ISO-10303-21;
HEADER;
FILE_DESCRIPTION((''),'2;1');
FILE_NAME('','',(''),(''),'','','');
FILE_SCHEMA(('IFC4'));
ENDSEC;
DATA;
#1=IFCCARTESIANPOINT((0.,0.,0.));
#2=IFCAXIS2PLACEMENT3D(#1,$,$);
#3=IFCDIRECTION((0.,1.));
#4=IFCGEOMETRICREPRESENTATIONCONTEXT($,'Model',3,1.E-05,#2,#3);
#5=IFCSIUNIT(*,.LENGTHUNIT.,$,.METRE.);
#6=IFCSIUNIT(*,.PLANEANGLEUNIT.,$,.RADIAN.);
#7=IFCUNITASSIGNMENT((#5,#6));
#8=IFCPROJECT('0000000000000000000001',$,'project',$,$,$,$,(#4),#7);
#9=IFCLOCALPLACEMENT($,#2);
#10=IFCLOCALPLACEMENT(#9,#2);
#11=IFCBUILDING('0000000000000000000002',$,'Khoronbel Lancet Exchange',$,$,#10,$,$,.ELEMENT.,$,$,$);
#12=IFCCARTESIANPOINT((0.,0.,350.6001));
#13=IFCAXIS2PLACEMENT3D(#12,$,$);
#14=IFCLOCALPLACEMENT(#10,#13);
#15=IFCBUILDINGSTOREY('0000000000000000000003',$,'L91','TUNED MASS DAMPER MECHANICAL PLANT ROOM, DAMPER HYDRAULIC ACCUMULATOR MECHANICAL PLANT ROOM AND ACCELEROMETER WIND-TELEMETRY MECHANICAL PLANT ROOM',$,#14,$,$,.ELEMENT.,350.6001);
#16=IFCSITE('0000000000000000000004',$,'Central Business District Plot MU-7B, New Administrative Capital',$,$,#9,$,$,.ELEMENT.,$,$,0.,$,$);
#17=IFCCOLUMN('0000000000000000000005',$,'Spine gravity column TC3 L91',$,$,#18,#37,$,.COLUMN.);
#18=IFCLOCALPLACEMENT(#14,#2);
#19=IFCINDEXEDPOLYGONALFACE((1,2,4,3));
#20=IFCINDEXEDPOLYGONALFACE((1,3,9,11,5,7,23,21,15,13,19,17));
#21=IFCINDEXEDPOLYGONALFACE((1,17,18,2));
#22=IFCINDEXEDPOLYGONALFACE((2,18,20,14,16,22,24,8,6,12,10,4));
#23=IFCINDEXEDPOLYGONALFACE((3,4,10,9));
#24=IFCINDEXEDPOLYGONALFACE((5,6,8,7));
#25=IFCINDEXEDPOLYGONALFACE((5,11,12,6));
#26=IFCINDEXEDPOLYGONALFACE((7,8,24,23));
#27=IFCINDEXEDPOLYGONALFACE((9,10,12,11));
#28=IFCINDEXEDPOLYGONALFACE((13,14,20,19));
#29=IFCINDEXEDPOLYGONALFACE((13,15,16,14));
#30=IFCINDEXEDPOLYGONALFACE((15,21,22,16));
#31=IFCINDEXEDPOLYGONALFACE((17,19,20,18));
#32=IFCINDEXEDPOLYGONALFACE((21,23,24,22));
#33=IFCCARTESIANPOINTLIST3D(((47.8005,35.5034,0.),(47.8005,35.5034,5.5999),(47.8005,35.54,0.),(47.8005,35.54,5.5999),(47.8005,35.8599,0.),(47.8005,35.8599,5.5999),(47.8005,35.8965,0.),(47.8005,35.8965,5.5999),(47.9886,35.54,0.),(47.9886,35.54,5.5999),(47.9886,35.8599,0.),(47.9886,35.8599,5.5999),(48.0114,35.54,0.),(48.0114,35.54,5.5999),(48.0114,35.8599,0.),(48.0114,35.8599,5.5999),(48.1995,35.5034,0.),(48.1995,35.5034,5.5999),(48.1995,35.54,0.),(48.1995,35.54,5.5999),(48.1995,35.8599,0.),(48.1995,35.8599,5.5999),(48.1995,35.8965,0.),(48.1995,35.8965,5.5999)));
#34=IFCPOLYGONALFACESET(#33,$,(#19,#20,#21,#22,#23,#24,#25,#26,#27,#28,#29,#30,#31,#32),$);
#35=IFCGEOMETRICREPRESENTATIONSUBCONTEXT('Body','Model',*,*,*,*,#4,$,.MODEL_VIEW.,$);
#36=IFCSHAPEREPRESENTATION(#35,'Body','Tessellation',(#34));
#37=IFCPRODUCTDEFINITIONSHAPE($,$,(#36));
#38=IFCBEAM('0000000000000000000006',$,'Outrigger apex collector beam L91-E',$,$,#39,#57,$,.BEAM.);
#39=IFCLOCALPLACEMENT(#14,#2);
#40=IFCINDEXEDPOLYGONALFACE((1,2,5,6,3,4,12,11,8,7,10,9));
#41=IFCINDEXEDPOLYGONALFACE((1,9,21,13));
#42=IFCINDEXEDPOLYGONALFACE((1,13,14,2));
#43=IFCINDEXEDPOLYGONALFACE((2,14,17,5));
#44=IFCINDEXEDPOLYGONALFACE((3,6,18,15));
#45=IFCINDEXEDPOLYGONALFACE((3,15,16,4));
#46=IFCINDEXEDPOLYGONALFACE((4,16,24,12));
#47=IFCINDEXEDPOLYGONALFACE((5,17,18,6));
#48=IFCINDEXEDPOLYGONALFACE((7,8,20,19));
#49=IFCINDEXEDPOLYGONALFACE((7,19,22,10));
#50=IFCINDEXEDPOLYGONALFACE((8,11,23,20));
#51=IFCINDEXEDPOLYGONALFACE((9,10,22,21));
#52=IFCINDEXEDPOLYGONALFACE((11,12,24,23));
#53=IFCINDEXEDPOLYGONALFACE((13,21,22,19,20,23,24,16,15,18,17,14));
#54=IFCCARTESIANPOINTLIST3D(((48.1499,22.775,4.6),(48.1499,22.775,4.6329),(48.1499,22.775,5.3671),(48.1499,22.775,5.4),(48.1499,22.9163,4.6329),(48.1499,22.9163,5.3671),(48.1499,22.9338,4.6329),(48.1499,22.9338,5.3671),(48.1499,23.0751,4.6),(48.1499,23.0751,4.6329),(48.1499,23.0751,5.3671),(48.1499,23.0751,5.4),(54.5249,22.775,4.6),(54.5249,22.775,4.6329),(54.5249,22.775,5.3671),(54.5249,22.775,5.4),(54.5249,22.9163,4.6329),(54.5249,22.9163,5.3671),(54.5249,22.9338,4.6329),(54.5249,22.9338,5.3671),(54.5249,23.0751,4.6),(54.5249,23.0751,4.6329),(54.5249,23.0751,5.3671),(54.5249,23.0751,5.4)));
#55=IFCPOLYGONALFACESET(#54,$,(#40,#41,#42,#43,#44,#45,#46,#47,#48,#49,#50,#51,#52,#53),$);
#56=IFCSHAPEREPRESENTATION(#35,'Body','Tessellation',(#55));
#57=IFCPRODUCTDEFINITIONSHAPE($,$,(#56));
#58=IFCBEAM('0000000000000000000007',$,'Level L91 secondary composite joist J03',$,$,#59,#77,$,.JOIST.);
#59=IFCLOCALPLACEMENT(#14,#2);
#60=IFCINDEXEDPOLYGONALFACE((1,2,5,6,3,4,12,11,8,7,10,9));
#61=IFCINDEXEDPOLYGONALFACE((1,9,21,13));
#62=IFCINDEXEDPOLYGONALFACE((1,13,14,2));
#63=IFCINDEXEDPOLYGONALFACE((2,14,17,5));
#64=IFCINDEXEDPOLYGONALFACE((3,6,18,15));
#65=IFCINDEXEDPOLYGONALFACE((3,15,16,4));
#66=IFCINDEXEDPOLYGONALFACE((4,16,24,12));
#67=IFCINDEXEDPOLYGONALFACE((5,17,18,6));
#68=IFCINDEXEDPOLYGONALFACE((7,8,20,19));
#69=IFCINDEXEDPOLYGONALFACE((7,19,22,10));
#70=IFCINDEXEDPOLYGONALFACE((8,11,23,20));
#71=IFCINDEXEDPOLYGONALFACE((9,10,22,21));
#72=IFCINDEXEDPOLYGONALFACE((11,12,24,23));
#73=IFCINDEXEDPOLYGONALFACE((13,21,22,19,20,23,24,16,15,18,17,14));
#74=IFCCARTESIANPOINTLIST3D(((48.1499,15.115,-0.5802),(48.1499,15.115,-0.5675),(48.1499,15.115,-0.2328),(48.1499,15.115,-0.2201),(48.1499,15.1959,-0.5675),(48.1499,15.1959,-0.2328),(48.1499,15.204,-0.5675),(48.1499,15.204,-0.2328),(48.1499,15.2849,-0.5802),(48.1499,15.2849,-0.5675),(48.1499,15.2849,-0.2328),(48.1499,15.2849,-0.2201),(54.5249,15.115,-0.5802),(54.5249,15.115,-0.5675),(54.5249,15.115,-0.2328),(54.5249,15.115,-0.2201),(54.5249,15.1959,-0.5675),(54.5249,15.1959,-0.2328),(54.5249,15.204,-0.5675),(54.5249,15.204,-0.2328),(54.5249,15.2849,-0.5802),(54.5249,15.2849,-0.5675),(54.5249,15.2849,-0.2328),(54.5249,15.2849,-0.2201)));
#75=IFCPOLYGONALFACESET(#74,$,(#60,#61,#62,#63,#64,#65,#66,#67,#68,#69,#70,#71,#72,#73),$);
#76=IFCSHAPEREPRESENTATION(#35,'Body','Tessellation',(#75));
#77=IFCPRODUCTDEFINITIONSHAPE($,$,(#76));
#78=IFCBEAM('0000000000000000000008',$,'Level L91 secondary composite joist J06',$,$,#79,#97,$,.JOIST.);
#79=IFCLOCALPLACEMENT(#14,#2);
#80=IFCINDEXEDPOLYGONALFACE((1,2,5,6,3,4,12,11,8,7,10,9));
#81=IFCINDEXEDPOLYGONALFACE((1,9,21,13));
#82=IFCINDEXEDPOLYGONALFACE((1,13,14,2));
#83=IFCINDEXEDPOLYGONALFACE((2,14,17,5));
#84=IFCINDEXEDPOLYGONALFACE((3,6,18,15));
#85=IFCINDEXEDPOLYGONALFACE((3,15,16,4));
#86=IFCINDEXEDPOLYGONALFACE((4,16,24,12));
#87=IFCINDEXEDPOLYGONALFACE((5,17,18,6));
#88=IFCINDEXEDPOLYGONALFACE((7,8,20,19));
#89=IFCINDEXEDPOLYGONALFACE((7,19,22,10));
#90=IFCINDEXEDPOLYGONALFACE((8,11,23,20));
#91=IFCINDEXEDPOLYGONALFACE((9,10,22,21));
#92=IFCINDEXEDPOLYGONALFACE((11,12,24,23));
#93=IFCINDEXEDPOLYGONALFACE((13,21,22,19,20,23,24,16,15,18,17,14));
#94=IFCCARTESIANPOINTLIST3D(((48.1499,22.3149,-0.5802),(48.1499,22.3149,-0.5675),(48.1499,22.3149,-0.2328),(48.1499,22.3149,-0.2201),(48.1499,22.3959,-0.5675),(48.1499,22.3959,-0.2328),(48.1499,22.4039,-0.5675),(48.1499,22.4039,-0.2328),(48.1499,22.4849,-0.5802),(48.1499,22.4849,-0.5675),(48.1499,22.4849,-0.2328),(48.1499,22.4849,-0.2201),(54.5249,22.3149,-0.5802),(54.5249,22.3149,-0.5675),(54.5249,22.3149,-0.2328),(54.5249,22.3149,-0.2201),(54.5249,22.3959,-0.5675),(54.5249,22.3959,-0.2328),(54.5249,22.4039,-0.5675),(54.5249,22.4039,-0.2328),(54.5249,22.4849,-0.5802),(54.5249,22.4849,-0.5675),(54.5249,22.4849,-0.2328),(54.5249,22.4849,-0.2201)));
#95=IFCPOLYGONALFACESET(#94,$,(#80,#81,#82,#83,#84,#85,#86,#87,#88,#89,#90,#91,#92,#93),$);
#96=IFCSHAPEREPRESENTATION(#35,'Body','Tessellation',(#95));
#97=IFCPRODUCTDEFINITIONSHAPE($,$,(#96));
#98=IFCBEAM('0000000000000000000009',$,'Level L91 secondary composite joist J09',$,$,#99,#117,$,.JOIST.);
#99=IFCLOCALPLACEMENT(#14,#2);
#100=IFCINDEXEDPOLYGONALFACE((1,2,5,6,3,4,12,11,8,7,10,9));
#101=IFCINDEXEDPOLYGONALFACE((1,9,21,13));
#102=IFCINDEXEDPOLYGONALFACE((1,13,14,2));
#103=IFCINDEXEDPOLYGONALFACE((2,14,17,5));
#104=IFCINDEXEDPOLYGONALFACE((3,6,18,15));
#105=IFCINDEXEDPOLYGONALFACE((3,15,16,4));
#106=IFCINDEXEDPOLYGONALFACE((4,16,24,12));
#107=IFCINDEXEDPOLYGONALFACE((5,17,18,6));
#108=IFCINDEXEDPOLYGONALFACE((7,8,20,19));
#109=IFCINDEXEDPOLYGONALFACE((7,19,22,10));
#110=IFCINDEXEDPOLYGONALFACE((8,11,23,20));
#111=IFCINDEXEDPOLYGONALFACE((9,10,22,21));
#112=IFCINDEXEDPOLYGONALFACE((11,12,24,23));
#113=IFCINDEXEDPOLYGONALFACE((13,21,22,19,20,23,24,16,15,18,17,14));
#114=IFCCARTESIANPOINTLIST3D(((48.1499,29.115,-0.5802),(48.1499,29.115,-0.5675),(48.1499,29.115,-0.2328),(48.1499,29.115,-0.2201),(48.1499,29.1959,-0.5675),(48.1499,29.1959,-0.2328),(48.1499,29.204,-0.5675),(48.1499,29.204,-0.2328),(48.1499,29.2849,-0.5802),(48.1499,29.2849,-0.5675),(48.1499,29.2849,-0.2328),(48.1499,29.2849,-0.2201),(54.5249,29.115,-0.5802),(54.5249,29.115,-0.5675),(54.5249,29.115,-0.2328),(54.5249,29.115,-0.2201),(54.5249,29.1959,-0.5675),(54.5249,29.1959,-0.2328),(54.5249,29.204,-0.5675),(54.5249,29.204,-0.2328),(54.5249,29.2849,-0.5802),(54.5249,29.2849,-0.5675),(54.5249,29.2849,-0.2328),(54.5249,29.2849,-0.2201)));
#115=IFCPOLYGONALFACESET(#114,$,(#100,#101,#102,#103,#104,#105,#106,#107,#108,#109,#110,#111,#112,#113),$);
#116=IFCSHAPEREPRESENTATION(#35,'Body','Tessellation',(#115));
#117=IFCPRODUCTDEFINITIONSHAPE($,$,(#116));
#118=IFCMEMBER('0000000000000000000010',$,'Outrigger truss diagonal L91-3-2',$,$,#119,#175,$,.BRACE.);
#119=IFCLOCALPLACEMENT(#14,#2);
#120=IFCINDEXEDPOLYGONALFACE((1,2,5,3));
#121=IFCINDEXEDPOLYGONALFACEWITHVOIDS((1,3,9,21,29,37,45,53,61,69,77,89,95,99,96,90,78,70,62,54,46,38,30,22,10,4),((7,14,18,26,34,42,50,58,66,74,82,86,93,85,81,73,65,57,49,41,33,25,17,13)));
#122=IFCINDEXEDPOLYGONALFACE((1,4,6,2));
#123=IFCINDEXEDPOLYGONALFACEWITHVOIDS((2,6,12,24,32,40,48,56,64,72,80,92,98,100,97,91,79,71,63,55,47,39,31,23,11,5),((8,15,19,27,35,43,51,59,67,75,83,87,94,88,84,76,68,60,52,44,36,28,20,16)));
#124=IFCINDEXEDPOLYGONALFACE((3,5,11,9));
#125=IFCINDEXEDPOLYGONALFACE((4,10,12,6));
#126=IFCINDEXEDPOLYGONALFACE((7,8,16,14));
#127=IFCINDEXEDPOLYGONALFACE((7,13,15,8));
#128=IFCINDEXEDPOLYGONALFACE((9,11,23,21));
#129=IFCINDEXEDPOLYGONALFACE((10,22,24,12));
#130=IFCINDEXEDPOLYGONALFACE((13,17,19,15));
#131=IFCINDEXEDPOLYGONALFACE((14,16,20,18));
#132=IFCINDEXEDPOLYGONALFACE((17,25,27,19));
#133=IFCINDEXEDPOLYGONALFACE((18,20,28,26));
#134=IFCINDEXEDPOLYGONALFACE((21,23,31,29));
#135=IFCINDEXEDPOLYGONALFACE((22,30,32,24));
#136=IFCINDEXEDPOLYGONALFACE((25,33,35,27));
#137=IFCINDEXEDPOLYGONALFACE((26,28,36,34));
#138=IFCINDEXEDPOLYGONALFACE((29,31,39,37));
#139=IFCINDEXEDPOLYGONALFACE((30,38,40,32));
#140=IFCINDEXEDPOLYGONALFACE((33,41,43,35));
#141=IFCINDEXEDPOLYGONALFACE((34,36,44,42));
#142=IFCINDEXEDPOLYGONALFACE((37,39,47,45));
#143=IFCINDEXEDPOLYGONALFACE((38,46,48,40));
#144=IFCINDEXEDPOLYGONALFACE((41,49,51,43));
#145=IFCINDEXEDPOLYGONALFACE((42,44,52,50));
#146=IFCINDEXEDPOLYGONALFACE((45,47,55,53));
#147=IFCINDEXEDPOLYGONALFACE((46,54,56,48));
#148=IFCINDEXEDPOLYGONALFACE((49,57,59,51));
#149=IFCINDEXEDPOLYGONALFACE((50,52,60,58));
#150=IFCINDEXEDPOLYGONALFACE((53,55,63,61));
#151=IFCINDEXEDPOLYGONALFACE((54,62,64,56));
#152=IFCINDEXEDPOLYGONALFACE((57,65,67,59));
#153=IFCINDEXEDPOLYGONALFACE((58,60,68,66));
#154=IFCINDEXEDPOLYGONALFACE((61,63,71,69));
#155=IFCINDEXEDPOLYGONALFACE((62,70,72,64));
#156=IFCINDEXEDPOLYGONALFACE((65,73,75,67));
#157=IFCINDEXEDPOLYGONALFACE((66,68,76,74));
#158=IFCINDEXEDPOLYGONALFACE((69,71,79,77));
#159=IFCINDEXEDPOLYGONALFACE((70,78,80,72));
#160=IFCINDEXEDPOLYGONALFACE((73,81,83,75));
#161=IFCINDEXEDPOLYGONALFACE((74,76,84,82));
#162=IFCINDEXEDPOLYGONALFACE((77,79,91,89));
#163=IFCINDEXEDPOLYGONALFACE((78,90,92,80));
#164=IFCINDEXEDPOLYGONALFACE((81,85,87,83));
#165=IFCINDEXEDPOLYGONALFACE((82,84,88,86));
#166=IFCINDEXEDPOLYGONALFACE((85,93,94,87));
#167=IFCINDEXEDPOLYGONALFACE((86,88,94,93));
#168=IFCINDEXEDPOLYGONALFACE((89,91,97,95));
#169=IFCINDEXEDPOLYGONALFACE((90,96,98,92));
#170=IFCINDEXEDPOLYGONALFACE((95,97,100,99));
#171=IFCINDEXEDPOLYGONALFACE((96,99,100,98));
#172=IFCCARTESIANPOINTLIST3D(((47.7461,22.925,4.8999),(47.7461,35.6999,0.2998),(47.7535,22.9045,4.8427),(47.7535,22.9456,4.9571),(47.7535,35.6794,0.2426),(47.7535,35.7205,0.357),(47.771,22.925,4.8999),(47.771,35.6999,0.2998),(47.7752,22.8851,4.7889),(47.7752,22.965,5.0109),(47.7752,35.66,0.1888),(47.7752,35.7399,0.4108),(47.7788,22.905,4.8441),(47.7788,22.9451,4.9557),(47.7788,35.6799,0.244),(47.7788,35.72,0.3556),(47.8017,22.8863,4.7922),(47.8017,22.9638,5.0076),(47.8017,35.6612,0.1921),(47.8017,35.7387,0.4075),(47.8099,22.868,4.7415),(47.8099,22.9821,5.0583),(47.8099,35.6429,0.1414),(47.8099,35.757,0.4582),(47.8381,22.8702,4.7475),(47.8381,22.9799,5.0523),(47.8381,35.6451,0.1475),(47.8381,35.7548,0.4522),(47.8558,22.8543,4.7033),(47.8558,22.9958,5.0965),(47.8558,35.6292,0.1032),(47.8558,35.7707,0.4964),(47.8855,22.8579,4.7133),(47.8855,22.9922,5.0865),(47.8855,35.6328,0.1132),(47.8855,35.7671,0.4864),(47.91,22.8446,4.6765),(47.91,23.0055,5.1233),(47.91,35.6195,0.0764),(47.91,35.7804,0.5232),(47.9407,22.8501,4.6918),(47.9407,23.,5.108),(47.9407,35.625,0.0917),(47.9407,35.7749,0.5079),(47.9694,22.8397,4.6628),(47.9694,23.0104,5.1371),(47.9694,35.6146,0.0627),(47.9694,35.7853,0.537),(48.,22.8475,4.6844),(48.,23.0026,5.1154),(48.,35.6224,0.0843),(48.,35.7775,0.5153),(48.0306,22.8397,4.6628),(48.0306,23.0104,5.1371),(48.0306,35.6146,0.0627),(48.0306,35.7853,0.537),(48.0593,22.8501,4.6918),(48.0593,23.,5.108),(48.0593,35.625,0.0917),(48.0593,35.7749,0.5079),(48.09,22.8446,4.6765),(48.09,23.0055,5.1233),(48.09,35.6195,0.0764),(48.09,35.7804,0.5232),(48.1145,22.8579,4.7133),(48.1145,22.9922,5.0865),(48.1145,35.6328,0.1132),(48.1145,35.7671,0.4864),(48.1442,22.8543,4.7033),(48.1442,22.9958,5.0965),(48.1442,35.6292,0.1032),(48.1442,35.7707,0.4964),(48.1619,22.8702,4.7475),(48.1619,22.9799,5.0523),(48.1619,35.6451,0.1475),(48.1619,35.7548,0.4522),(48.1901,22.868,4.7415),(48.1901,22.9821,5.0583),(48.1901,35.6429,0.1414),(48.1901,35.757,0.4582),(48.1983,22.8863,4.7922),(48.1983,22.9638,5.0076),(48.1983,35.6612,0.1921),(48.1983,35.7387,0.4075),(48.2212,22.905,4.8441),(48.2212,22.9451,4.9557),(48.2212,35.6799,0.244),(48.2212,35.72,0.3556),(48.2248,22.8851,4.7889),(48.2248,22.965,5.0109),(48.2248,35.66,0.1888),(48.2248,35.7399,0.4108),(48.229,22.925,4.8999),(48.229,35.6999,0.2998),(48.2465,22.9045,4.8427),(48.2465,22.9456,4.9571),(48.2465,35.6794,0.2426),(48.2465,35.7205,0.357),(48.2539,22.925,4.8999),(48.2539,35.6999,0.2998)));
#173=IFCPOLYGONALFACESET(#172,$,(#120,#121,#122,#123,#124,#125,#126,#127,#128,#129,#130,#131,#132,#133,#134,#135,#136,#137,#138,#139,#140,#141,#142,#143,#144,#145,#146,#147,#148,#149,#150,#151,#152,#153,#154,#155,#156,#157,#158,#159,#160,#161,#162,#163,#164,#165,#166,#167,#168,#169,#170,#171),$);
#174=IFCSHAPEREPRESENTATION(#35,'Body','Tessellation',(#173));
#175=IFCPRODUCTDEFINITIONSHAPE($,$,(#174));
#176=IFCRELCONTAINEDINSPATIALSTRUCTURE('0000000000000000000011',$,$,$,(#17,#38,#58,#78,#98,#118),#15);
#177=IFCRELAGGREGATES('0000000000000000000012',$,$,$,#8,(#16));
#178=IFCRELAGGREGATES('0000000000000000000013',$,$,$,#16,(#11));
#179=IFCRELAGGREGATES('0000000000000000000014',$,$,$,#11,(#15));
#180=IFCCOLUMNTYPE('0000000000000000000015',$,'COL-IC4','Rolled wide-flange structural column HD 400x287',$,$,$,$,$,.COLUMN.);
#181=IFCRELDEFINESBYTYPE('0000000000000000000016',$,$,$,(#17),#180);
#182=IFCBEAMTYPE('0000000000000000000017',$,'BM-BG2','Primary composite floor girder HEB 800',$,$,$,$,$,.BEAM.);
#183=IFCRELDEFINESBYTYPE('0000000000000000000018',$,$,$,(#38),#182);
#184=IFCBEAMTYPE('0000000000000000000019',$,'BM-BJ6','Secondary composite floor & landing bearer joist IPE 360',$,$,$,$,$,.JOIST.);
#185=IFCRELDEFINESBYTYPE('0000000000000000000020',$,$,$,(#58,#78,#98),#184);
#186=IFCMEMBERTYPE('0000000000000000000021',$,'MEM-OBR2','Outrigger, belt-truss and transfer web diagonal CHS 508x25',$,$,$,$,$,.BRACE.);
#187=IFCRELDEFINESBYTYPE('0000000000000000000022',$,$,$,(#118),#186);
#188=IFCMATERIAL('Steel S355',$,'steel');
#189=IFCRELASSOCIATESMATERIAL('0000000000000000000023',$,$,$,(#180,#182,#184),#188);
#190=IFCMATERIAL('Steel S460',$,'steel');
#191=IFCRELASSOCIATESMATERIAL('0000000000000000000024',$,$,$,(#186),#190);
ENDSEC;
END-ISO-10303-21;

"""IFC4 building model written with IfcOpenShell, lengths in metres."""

from ifc_helpers import new_model, si_unit, direction, frame, origin, origin_2d, place, context, subcontext, project, spatial, hollow_circle, i_section, extrude, material, material_profile, profile_set, type_object, element, save


model = new_model("IFC4")

# Units and contexts
model_context = context("Model", 3, precision=1e-05, world=origin(), true_north=direction((0.0, 1.0)))
body_context = subcontext(model_context, "Body", "Model", "MODEL_VIEW")
ifc_project = project(units=[si_unit("LENGTHUNIT", "METRE"), si_unit("PLANEANGLEUNIT", "RADIAN")], contexts=[model_context])

# Site, building, storey
site_placement = place(None, origin())
site = spatial("IfcSite", under=ifc_project, at=site_placement, Name="Central Business District Plot MU-7B, New Administrative Capital", CompositionType="ELEMENT", RefElevation=0.0)
building_placement = place(site_placement, origin())
building = spatial("IfcBuilding", under=site, at=building_placement, Name="Khoronbel Lancet Exchange", CompositionType="ELEMENT")
storey_placement = place(building_placement, frame((0.0, 0.0, 350.6001)))
storey = spatial("IfcBuildingStorey", under=building, at=storey_placement, Name="L91", Description="TUNED MASS DAMPER MECHANICAL PLANT ROOM, DAMPER HYDRAULIC ACCUMULATOR MECHANICAL PLANT ROOM AND ACCELEROMETER WIND-TELEMETRY MECHANICAL PLANT ROOM", CompositionType="ELEMENT", Elevation=350.6001)

# Column
ifc_material_1 = material(Name="Steel S355", Category="steel")
ifc_material_profile_1 = material_profile(ifc_material_1, i_section(OverallWidth=0.3989, OverallDepth=0.3931, WebThickness=0.0227, FlangeThickness=0.0366, at=origin_2d()), Name="HD 400x287")
ifc_profile_set_1 = profile_set([ifc_material_profile_1], Name="Steel S355")
column_type = type_object("IfcColumnType", Name="COL-IC4", Description="Rolled wide-flange structural column HD 400x287", PredefinedType="COLUMN", material=ifc_profile_set_1)
column_placement = place(storey_placement, frame((48.0, 35.7, 0.0), z_axis=(0.0, 0.0, 1.0), x_axis=(1.0, 0.0, 0.0)))
element("IfcColumn", 1, at=column_placement, inside=storey, type_object=column_type, Name="Spine gravity column TC3 L91", PredefinedType="COLUMN", context=body_context, shape_type="SweptSolid", body=[
    extrude(i_section(OverallWidth=0.3989, OverallDepth=0.3931, WebThickness=0.0227, FlangeThickness=0.0366, at=origin_2d()), origin(), (0.0, 0.0, 1.0), 5.5999),
])

# Beams
ifc_material_profile_2 = material_profile(ifc_material_1, i_section(OverallWidth=0.3, OverallDepth=0.8, WebThickness=0.0176, FlangeThickness=0.033, at=origin_2d()), Name="HEB 800")
ifc_profile_set_2 = profile_set([ifc_material_profile_2], Name="Steel S355")
beam_type_1 = type_object("IfcBeamType", Name="BM-BG2", Description="Primary composite floor girder HEB 800", PredefinedType="BEAM", material=ifc_profile_set_2)
beam_placement = place(storey_placement, frame((48.1499, 22.925, 5.0), z_axis=(1.0, 0.0, 0.0), x_axis=(0.0, 1.0, 0.0)))
element("IfcBeam", 2, at=beam_placement, inside=storey, type_object=beam_type_1, Name="Outrigger apex collector beam L91-E", PredefinedType="BEAM", context=body_context, shape_type="SweptSolid", body=[
    extrude(i_section(OverallWidth=0.3, OverallDepth=0.8, WebThickness=0.0176, FlangeThickness=0.033, at=origin_2d()), origin(), (0.0, 0.0, 1.0), 6.375),
])
ifc_material_profile_3 = material_profile(ifc_material_1, i_section(OverallWidth=0.1699, OverallDepth=0.3601, WebThickness=0.0081, FlangeThickness=0.0127, at=origin_2d()), Name="IPE 360")
ifc_profile_set_3 = profile_set([ifc_material_profile_3], Name="Steel S355")
beam_type_2 = type_object("IfcBeamType", Name="BM-BJ6", Description="Secondary composite floor & landing bearer joist IPE 360", PredefinedType="JOIST", material=ifc_profile_set_3)
for number, where, z_axis, x_axis, name in (
    (3, (48.1499, 15.2, -0.4001), (1.0, 0.0, 0.0), (0.0, 1.0, 0.0), "Level L91 secondary composite joist J03"),
    (4, (48.1499, 22.3999, -0.4001), (1.0, 0.0, 0.0), (0.0, 1.0, 0.0), "Level L91 secondary composite joist J06"),
    (5, (48.1499, 29.2, -0.4001), (1.0, 0.0, 0.0), (0.0, 1.0, 0.0), "Level L91 secondary composite joist J09"),
):
    element("IfcBeam", number, at=place(storey_placement, frame(where, z_axis=z_axis, x_axis=x_axis)), inside=storey, type_object=beam_type_2, Name=name, PredefinedType="JOIST", context=body_context, shape_type="SweptSolid", body=[
        extrude(i_section(OverallWidth=0.1699, OverallDepth=0.3601, WebThickness=0.0081, FlangeThickness=0.0127, at=origin_2d()), origin(), (0.0, 0.0, 1.0), 6.375),
    ])

# Member
ifc_material_2 = material(Name="Steel S460", Category="steel")
ifc_material_profile_4 = material_profile(ifc_material_2, hollow_circle(Radius=0.2539, WallThickness=0.0249, at=origin_2d()), Name="CHS 508x25")
ifc_profile_set_4 = profile_set([ifc_material_profile_4], Name="Steel S460")
member_type_1 = type_object("IfcMemberType", Name="MEM-OBR2", Description="Outrigger, belt-truss and transfer web diagonal CHS 508x25", PredefinedType="BRACE", material=ifc_profile_set_4)
member_placement = place(storey_placement, frame((48.0, 22.925, 4.8999), z_axis=(0.0, 0.940861, -0.338793), x_axis=(-1.0, 0.0, 0.0)))
element("IfcMember", 6, at=member_placement, inside=storey, type_object=member_type_1, Name="Outrigger truss diagonal L91-3-2", PredefinedType="BRACE", context=body_context, shape_type="SweptSolid", body=[
    extrude(hollow_circle(Radius=0.2539, WallThickness=0.0249, at=origin_2d()), origin(), (0.0, 0.0, 1.0), 13.5779),
])

save(model, "model.ifc")
